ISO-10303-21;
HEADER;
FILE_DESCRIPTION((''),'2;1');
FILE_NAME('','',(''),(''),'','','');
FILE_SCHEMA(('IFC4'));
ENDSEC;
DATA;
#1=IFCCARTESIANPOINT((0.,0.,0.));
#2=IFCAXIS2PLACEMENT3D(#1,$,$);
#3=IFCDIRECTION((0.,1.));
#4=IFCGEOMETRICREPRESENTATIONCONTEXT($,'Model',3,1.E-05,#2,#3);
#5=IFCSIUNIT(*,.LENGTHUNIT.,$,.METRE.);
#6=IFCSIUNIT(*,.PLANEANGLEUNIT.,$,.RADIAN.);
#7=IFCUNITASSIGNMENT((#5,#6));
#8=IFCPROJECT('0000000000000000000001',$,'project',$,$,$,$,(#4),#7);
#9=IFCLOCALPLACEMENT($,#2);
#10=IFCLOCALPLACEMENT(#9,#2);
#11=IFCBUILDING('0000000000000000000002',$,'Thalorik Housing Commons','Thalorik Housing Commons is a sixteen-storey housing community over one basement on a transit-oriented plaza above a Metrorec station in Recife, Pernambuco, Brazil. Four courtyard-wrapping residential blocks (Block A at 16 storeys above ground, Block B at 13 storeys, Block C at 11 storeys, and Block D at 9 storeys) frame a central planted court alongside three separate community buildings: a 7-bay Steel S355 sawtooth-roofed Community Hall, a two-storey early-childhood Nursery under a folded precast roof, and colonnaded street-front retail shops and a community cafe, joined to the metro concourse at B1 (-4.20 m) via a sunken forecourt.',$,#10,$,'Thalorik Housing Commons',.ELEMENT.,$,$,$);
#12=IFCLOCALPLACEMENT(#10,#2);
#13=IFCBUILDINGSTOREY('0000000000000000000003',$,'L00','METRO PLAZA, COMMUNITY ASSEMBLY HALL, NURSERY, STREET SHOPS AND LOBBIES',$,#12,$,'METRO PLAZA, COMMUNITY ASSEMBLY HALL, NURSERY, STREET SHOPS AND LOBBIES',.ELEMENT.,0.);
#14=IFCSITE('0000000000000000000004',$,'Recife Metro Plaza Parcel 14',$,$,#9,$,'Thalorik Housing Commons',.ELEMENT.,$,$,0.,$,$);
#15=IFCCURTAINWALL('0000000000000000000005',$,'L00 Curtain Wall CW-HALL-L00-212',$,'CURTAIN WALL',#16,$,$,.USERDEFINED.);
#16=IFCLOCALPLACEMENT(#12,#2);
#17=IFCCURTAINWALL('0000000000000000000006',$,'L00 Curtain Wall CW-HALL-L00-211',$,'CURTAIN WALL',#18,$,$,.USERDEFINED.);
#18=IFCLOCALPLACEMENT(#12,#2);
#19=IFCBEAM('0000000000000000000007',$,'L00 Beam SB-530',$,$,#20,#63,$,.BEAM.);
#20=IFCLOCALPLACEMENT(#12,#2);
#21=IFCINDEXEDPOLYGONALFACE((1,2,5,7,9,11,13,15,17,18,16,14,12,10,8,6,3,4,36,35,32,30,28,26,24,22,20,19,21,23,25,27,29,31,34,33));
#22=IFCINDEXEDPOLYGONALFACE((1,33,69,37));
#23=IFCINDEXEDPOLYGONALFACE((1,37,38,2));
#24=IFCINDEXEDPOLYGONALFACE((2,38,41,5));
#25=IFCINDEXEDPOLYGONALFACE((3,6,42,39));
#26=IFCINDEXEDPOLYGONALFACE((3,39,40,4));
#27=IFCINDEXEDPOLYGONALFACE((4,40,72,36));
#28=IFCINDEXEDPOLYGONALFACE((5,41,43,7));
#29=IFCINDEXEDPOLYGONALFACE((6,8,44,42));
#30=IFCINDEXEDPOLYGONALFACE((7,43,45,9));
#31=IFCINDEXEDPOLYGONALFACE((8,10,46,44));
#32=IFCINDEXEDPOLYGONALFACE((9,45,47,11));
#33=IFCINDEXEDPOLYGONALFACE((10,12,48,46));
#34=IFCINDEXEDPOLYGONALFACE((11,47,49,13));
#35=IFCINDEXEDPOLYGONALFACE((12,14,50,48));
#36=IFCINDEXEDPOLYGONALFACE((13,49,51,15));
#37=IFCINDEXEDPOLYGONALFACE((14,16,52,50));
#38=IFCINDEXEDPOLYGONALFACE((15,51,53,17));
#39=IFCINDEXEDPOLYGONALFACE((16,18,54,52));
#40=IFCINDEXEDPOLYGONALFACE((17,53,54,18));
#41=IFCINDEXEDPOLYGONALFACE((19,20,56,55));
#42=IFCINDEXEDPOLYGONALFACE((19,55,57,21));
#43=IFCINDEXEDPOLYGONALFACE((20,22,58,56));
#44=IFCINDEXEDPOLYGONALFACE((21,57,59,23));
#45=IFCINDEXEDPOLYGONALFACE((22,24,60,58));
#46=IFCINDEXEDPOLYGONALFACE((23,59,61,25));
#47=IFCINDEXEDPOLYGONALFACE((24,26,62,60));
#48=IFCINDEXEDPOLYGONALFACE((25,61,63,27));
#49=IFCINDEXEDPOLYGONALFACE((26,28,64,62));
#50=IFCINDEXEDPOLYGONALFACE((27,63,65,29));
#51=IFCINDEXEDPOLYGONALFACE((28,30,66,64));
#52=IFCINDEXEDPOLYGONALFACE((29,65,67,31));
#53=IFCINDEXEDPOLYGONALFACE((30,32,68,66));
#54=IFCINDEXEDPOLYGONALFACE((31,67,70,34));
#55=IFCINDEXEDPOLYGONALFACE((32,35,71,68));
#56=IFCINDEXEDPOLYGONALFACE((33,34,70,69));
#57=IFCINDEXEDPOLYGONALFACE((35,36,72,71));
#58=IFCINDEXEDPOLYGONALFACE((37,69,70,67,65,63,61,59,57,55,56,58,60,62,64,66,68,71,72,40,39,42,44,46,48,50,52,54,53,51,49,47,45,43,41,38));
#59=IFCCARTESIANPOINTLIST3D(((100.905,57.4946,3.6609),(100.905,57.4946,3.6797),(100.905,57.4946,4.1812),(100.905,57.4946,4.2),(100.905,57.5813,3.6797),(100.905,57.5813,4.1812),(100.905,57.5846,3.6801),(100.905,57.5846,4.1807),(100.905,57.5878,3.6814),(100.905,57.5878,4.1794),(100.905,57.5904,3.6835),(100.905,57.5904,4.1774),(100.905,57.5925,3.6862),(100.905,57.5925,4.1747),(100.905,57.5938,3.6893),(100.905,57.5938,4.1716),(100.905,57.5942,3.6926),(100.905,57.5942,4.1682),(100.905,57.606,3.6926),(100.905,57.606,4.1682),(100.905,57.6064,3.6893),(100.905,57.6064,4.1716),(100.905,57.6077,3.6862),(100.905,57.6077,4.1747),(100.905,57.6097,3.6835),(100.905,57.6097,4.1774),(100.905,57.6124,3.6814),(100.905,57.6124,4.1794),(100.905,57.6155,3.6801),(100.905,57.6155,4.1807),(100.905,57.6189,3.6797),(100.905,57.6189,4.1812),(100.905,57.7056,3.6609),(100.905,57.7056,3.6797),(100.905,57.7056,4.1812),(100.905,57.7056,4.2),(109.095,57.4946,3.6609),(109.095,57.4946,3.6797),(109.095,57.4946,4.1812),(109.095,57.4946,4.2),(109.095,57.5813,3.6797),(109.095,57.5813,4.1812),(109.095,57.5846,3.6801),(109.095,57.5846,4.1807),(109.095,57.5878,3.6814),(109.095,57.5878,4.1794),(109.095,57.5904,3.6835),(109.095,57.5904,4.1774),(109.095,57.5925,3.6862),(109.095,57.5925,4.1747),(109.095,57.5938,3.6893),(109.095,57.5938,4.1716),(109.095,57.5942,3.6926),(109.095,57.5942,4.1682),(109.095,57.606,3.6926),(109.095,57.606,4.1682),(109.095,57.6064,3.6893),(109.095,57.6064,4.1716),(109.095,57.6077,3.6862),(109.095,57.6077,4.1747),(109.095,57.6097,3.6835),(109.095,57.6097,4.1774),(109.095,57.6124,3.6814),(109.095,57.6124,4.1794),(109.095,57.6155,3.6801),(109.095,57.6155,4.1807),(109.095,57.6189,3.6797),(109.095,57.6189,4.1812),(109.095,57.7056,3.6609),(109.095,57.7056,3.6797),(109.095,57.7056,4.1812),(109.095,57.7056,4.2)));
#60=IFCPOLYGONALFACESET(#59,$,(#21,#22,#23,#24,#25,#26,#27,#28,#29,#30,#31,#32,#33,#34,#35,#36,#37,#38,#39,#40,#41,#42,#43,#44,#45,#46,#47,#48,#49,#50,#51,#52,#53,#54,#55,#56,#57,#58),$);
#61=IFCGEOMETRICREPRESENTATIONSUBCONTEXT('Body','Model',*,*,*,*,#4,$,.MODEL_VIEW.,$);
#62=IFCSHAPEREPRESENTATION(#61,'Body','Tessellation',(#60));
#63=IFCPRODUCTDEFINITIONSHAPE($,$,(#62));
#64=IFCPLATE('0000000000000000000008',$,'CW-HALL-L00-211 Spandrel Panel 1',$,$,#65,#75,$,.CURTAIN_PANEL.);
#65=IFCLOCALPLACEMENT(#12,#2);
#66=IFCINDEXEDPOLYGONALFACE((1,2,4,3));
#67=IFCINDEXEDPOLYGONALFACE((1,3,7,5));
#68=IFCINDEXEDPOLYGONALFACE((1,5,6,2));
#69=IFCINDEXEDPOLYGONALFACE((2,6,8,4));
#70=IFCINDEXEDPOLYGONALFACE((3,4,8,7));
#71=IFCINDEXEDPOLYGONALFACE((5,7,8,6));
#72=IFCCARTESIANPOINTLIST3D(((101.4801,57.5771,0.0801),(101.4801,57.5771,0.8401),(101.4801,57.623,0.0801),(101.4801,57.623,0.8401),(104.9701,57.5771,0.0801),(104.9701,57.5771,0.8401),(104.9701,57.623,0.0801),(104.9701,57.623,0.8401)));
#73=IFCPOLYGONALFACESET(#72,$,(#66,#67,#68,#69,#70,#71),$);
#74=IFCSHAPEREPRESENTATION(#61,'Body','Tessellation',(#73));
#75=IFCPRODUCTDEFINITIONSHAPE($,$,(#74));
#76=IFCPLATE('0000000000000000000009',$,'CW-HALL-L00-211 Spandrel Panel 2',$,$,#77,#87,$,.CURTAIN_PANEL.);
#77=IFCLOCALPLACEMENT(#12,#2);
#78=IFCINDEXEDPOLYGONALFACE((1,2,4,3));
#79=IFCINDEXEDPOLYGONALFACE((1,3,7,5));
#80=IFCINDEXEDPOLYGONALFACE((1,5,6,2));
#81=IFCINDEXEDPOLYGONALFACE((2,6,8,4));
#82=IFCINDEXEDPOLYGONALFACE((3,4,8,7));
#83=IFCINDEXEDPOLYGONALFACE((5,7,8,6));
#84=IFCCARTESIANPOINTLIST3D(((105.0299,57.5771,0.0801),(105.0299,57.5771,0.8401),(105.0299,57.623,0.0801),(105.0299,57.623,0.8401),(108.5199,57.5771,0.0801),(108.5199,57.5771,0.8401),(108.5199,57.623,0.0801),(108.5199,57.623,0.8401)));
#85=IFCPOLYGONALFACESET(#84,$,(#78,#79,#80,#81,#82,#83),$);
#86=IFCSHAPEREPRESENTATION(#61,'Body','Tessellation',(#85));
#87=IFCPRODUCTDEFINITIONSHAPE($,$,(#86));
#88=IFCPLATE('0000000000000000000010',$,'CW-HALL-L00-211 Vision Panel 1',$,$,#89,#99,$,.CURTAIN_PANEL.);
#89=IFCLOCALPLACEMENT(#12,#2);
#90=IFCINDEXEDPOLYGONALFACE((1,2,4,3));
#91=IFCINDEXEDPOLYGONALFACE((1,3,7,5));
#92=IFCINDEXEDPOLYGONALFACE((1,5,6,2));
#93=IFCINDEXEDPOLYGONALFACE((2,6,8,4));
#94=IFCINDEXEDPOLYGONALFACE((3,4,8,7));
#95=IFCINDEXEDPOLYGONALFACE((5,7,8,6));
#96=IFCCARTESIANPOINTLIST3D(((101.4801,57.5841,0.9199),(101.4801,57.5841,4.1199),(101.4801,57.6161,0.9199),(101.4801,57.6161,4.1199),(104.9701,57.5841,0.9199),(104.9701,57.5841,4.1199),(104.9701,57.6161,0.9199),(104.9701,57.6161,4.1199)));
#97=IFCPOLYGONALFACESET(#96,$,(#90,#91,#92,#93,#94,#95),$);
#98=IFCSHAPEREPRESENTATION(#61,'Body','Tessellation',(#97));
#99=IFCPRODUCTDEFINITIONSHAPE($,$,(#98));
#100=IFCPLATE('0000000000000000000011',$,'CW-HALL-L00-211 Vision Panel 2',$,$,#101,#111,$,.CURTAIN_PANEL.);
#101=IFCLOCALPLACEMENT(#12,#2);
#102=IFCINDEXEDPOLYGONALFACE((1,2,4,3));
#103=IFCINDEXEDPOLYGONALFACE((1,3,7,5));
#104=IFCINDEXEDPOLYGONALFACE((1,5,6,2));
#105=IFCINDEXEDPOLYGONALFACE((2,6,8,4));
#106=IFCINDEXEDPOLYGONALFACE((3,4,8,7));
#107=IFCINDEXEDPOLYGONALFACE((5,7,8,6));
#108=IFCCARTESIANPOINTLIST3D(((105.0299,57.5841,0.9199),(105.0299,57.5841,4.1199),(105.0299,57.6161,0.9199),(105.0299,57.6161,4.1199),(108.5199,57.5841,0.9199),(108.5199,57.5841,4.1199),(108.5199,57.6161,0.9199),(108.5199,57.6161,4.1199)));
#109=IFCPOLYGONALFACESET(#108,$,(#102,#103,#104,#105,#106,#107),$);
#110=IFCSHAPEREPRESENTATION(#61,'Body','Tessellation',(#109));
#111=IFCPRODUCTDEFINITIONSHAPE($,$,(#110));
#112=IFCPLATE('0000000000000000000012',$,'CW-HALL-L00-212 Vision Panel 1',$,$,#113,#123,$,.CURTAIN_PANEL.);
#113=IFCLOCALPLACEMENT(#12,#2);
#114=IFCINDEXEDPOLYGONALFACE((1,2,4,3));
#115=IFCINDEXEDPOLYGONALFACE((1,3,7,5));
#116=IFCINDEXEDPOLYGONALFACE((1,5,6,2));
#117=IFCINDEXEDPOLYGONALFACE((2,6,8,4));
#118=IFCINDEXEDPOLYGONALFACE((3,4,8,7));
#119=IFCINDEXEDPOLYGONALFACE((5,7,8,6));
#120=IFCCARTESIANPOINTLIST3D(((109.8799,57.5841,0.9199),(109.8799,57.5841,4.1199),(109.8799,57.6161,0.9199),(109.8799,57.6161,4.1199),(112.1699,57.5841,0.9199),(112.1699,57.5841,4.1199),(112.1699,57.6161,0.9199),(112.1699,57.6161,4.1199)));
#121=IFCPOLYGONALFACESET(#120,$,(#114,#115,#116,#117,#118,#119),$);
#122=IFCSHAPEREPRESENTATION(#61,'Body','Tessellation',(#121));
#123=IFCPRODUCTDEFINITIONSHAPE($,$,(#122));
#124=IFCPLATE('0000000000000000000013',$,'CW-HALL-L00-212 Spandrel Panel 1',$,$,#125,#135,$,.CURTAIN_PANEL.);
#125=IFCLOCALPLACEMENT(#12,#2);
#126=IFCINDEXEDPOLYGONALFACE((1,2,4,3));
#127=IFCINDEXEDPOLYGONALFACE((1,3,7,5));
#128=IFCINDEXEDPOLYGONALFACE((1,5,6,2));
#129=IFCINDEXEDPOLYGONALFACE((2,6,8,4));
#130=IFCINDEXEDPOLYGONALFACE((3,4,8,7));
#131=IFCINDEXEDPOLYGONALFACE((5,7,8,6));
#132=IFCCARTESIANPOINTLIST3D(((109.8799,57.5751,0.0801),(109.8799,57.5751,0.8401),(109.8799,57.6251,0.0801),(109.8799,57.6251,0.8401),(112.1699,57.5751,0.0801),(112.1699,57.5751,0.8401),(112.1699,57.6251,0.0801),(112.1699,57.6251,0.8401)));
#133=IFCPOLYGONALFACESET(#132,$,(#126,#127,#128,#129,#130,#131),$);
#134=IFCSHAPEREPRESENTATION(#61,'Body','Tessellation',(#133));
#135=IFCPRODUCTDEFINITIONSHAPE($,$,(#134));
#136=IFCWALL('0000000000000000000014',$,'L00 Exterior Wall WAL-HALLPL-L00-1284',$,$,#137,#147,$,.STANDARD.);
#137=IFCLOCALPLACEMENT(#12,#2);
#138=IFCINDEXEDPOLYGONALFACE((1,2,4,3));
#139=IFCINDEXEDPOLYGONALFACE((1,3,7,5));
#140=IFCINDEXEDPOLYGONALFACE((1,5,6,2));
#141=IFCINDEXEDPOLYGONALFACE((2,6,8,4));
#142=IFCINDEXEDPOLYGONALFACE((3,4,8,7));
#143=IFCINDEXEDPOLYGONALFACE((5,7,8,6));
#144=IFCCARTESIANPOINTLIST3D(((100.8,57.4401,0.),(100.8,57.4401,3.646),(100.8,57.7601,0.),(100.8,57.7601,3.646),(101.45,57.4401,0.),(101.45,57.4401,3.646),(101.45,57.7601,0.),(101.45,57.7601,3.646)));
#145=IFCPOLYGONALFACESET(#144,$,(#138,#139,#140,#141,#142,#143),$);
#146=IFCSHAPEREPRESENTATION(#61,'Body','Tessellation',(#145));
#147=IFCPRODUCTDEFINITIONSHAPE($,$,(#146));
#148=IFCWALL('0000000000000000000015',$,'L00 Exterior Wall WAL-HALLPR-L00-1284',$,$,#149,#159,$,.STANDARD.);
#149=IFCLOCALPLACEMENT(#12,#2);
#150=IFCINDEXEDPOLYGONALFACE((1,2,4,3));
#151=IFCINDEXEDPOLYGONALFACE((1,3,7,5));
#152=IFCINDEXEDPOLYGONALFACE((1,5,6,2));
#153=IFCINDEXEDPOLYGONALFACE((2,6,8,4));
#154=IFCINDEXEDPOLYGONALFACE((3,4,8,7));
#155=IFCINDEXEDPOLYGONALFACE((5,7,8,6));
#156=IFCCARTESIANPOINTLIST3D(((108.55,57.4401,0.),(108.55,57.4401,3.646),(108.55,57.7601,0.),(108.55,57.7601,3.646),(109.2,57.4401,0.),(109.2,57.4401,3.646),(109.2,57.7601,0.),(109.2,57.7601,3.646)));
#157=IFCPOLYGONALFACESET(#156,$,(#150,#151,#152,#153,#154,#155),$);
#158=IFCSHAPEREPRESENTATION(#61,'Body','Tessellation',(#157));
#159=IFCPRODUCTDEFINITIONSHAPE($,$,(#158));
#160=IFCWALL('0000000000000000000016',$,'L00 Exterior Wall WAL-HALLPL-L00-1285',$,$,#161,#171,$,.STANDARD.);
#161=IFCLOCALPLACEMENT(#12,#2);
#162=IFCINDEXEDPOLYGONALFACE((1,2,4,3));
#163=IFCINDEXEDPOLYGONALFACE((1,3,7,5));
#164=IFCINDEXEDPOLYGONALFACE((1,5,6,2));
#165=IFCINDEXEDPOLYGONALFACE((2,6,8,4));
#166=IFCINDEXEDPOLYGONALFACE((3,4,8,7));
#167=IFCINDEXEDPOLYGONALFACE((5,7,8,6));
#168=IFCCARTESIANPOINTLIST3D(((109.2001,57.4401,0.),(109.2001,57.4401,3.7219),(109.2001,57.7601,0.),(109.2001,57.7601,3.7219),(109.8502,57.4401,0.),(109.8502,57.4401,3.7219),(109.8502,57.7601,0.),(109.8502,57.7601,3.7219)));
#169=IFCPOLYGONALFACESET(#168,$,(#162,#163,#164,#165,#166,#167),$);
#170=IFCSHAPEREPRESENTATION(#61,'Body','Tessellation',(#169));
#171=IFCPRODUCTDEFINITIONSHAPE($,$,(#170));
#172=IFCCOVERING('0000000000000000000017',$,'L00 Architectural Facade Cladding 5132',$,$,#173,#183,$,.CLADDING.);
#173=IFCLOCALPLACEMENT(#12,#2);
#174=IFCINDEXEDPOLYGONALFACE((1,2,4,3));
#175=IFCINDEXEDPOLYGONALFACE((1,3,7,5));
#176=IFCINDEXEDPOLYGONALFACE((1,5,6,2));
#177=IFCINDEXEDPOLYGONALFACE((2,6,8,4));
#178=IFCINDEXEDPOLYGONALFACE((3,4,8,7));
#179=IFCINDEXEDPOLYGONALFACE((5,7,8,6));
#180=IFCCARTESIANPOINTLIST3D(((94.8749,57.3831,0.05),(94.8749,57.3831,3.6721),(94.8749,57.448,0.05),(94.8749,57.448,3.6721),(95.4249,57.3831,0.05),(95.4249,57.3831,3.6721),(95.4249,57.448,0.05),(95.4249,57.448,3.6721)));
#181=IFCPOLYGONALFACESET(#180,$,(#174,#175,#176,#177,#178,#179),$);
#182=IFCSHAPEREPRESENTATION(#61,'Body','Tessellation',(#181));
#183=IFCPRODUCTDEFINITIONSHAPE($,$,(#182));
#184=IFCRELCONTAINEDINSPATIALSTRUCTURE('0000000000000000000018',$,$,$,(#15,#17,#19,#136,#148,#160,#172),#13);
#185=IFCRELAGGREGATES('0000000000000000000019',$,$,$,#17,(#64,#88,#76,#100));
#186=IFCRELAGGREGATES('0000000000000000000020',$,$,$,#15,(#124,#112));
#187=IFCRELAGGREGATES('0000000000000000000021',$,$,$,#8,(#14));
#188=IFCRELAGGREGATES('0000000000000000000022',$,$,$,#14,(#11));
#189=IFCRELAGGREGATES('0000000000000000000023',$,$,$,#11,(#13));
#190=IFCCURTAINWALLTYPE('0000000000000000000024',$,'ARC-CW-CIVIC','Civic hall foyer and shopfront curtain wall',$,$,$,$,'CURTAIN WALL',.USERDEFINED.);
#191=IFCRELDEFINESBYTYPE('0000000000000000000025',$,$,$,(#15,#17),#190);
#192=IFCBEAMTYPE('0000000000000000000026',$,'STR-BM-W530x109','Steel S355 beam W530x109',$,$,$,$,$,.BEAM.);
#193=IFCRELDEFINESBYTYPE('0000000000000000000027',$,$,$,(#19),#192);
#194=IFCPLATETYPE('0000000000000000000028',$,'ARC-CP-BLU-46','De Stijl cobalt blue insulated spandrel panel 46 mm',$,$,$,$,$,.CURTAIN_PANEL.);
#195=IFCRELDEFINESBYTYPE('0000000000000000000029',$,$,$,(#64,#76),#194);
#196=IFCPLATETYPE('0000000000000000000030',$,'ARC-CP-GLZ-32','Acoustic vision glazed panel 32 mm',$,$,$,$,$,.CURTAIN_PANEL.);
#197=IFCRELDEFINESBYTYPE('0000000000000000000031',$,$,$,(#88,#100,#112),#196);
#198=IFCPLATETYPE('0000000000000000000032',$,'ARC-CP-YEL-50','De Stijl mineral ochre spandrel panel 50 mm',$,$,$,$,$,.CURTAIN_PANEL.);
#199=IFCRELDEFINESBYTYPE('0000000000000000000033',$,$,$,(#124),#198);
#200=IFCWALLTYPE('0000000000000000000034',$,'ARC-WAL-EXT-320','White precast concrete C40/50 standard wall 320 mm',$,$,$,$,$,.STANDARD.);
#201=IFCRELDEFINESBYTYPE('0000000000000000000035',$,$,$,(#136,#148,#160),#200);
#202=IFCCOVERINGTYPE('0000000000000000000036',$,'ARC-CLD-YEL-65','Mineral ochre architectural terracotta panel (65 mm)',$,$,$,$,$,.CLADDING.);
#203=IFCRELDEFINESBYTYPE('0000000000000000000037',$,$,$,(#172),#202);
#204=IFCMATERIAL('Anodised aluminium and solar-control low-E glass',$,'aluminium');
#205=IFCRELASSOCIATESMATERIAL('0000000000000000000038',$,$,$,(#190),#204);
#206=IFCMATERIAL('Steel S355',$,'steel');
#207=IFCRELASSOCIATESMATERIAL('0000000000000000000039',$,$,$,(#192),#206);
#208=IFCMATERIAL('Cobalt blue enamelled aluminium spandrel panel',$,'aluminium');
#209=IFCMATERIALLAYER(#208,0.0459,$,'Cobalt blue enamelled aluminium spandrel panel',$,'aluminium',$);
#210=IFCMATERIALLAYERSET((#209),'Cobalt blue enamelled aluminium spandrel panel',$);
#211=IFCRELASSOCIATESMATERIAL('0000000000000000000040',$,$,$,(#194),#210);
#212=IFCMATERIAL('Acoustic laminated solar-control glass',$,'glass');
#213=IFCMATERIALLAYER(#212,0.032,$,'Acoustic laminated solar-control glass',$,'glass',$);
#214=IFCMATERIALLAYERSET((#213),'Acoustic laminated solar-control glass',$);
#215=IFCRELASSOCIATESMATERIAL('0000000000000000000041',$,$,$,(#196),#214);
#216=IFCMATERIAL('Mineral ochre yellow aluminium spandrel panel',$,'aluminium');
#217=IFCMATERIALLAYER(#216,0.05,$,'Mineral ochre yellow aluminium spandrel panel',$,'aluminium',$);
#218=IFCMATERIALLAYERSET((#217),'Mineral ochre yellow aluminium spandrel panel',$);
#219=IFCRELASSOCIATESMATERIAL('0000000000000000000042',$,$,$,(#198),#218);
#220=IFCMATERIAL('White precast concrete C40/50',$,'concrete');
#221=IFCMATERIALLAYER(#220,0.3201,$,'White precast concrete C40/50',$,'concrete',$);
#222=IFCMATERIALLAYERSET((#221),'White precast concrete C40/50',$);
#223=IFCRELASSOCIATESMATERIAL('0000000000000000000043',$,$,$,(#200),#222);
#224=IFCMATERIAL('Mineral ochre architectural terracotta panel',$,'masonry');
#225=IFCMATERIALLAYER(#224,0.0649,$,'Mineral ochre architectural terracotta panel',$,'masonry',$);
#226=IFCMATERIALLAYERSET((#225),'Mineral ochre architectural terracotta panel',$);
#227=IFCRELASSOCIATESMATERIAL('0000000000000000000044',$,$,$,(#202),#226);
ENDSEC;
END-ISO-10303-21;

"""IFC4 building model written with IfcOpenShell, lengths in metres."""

from ifc_helpers import new_model, si_unit, direction, frame, frame_2d, origin, origin_2d, place, context, subcontext, project, spatial, rectangle, i_section, extrude, material, layer, layer_set, material_profile, profile_set, type_object, element, aggregate, save


model = new_model("IFC4")

# Units and contexts
model_context = context("Model", 3, precision=1e-05, world=origin(), true_north=direction((0.0, 1.0)))
body_context = subcontext(model_context, "Body", "Model", "MODEL_VIEW")
ifc_project = project(units=[si_unit("LENGTHUNIT", "METRE"), si_unit("PLANEANGLEUNIT", "RADIAN")], contexts=[model_context])

# Site, building, storey
site_placement = place(None, origin())
site = spatial("IfcSite", under=ifc_project, at=site_placement, Name="Recife Metro Plaza Parcel 14", LongName="Thalorik Housing Commons", CompositionType="ELEMENT", RefElevation=0.0)
building_placement = place(site_placement, origin())
building = spatial("IfcBuilding", under=site, at=building_placement, Name="Thalorik Housing Commons", Description="Thalorik Housing Commons is a sixteen-storey housing community over one basement on a transit-oriented plaza above a Metrorec station in Recife, Pernambuco, Brazil. Four courtyard-wrapping residential blocks (Block A at 16 storeys above ground, Block B at 13 storeys, Block C at 11 storeys, and Block D at 9 storeys) frame a central planted court alongside three separate community buildings: a 7-bay Steel S355 sawtooth-roofed Community Hall, a two-storey early-childhood Nursery under a folded precast roof, and colonnaded street-front retail shops and a community cafe, joined to the metro concourse at B1 (-4.20 m) via a sunken forecourt.", LongName="Thalorik Housing Commons", CompositionType="ELEMENT")
storey_placement = place(building_placement, origin())
storey = spatial("IfcBuildingStorey", under=building, at=storey_placement, Name="L00", Description="METRO PLAZA, COMMUNITY ASSEMBLY HALL, NURSERY, STREET SHOPS AND LOBBIES", LongName="METRO PLAZA, COMMUNITY ASSEMBLY HALL, NURSERY, STREET SHOPS AND LOBBIES", CompositionType="ELEMENT", Elevation=0.0)

# Shared definitions
ifc_material_1 = material(Name="Steel S355", Category="steel")

# Curtain walls
ifc_material_2 = material(Name="Anodised aluminium and solar-control low-E glass", Category="aluminium")
curtain_wall_type = type_object("IfcCurtainWallType", Name="ARC-CW-CIVIC", Description="Civic hall foyer and shopfront curtain wall", ElementType="CURTAIN WALL", PredefinedType="USERDEFINED", material=ifc_material_2)
curtain_wall_1_placement = place(storey_placement, origin())
curtain_wall_1 = element("IfcCurtainWall", 1, at=curtain_wall_1_placement, inside=storey, type_object=curtain_wall_type, Name="L00 Curtain Wall CW-HALL-L00-212", ObjectType="CURTAIN WALL", PredefinedType="USERDEFINED")
curtain_wall_2_placement = place(storey_placement, origin())
curtain_wall_2 = element("IfcCurtainWall", 2, at=curtain_wall_2_placement, inside=storey, type_object=curtain_wall_type, Name="L00 Curtain Wall CW-HALL-L00-211", ObjectType="CURTAIN WALL", PredefinedType="USERDEFINED")

# Beam
ifc_material_profile_1 = material_profile(ifc_material_1, i_section(OverallWidth=0.2109, OverallDepth=0.5391, WebThickness=0.0117, FlangeThickness=0.0188, FilletRadius=0.0129, at=origin_2d()), Name="W530x109", Category="steel")
ifc_profile_set_1 = profile_set([ifc_material_profile_1], Name="Steel S355")
beam_type_1 = type_object("IfcBeamType", Name="STR-BM-W530x109", Description="Steel S355 beam W530x109", PredefinedType="BEAM", material=ifc_profile_set_1)
beam_placement = place(storey_placement, frame((100.905, 57.6001, 3.9304), z_axis=(1.0, 0.0, 0.0), x_axis=(0.0, 1.0, 0.0)))
element("IfcBeam", 3, at=beam_placement, inside=storey, type_object=beam_type_1, Name="L00 Beam SB-530", PredefinedType="BEAM", context=body_context, shape_type="SweptSolid", body=[
    extrude(i_section(OverallWidth=0.2109, OverallDepth=0.5391, WebThickness=0.0117, FlangeThickness=0.0188, FilletRadius=0.0129, at=origin_2d()), origin(), (0.0, 0.0, 1.0), 8.1899),
])

# Plates
ifc_material_3 = material(Name="Cobalt blue enamelled aluminium spandrel panel", Category="aluminium")
ifc_layer_1 = layer(ifc_material_3, 0.0459, Name="Cobalt blue enamelled aluminium spandrel panel", Category="aluminium")
ifc_layer_set_1 = layer_set([ifc_layer_1], Name="Cobalt blue enamelled aluminium spandrel panel")
plate_type_1 = type_object("IfcPlateType", Name="ARC-CP-BLU-46", Description="De Stijl cobalt blue insulated spandrel panel 46 mm", PredefinedType="CURTAIN_PANEL", material=ifc_layer_set_1)
plate_1_placement = place(storey_placement, frame((103.2251, 57.6001, 0.0801), z_axis=(0.0, 0.0, 1.0), x_axis=(1.0, 0.0, 0.0)))
plate_1 = element("IfcPlate", 4, at=plate_1_placement, type_object=plate_type_1, Name="CW-HALL-L00-211 Spandrel Panel 1", PredefinedType="CURTAIN_PANEL", context=body_context, shape_type="SweptSolid", body=[
    extrude(rectangle(XDim=3.49, YDim=0.0459, at=origin_2d()), origin(), (0.0, 0.0, 1.0), 0.76),
])
plate_2_placement = place(storey_placement, frame((106.7749, 57.6001, 0.0801), z_axis=(0.0, 0.0, 1.0), x_axis=(1.0, 0.0, 0.0)))
plate_2 = element("IfcPlate", 5, at=plate_2_placement, type_object=plate_type_1, Name="CW-HALL-L00-211 Spandrel Panel 2", PredefinedType="CURTAIN_PANEL", context=body_context, shape_type="SweptSolid", body=[
    extrude(rectangle(XDim=3.49, YDim=0.0459, at=origin_2d()), origin(), (0.0, 0.0, 1.0), 0.76),
])
ifc_material_4 = material(Name="Acoustic laminated solar-control glass", Category="glass")
ifc_layer_2 = layer(ifc_material_4, 0.032, Name="Acoustic laminated solar-control glass", Category="glass")
ifc_layer_set_2 = layer_set([ifc_layer_2], Name="Acoustic laminated solar-control glass")
plate_type_2 = type_object("IfcPlateType", Name="ARC-CP-GLZ-32", Description="Acoustic vision glazed panel 32 mm", PredefinedType="CURTAIN_PANEL", material=ifc_layer_set_2)
plate_3_placement = place(storey_placement, frame((103.2251, 57.6001, 0.9199), z_axis=(0.0, 0.0, 1.0), x_axis=(1.0, 0.0, 0.0)))
plate_3 = element("IfcPlate", 6, at=plate_3_placement, type_object=plate_type_2, Name="CW-HALL-L00-211 Vision Panel 1", PredefinedType="CURTAIN_PANEL", context=body_context, shape_type="SweptSolid", body=[
    extrude(rectangle(XDim=3.49, YDim=0.032, at=origin_2d()), origin(), (0.0, 0.0, 1.0), 3.2),
])
plate_4_placement = place(storey_placement, frame((106.7749, 57.6001, 0.9199), z_axis=(0.0, 0.0, 1.0), x_axis=(1.0, 0.0, 0.0)))
plate_4 = element("IfcPlate", 7, at=plate_4_placement, type_object=plate_type_2, Name="CW-HALL-L00-211 Vision Panel 2", PredefinedType="CURTAIN_PANEL", context=body_context, shape_type="SweptSolid", body=[
    extrude(rectangle(XDim=3.49, YDim=0.032, at=origin_2d()), origin(), (0.0, 0.0, 1.0), 3.2),
])
aggregate(curtain_wall_2, [plate_1, plate_3, plate_2, plate_4])
plate_5_placement = place(storey_placement, frame((111.0249, 57.6001, 0.9199), z_axis=(0.0, 0.0, 1.0), x_axis=(1.0, 0.0, 0.0)))
plate_5 = element("IfcPlate", 8, at=plate_5_placement, type_object=plate_type_2, Name="CW-HALL-L00-212 Vision Panel 1", PredefinedType="CURTAIN_PANEL", context=body_context, shape_type="SweptSolid", body=[
    extrude(rectangle(XDim=2.29, YDim=0.032, at=origin_2d()), origin(), (0.0, 0.0, 1.0), 3.2),
])
ifc_material_5 = material(Name="Mineral ochre yellow aluminium spandrel panel", Category="aluminium")
ifc_layer_3 = layer(ifc_material_5, 0.05, Name="Mineral ochre yellow aluminium spandrel panel", Category="aluminium")
ifc_layer_set_3 = layer_set([ifc_layer_3], Name="Mineral ochre yellow aluminium spandrel panel")
plate_type_3 = type_object("IfcPlateType", Name="ARC-CP-YEL-50", Description="De Stijl mineral ochre spandrel panel 50 mm", PredefinedType="CURTAIN_PANEL", material=ifc_layer_set_3)
plate_6_placement = place(storey_placement, frame((111.0249, 57.6001, 0.0801), z_axis=(0.0, 0.0, 1.0), x_axis=(1.0, 0.0, 0.0)))
plate_6 = element("IfcPlate", 9, at=plate_6_placement, type_object=plate_type_3, Name="CW-HALL-L00-212 Spandrel Panel 1", PredefinedType="CURTAIN_PANEL", context=body_context, shape_type="SweptSolid", body=[
    extrude(rectangle(XDim=2.29, YDim=0.05, at=origin_2d()), origin(), (0.0, 0.0, 1.0), 0.76),
])
aggregate(curtain_wall_1, [plate_6, plate_5])

# Walls
ifc_material_6 = material(Name="White precast concrete C40/50", Category="concrete")
ifc_layer_4 = layer(ifc_material_6, 0.3201, Name="White precast concrete C40/50", Category="concrete")
ifc_layer_set_4 = layer_set([ifc_layer_4], Name="White precast concrete C40/50")
wall_type = type_object("IfcWallType", Name="ARC-WAL-EXT-320", Description="White precast concrete C40/50 standard wall 320 mm", PredefinedType="STANDARD", material=ifc_layer_set_4)
for number, where, z_axis, x_axis, name in (
    (10, (100.8, 57.6001, 0.0), (0.0, 0.0, 1.0), (1.0, 0.0, 0.0), "L00 Exterior Wall WAL-HALLPL-L00-1284"),
    (11, (108.55, 57.6001, 0.0), (0.0, 0.0, 1.0), (1.0, 0.0, 0.0), "L00 Exterior Wall WAL-HALLPR-L00-1284"),
):
    element("IfcWall", number, at=place(storey_placement, frame(where, z_axis=z_axis, x_axis=x_axis)), inside=storey, type_object=wall_type, Name=name, PredefinedType="STANDARD", context=body_context, shape_type="SweptSolid", body=[
        extrude(rectangle(XDim=0.6499, YDim=0.3201, at=frame_2d((0.325, 0.0))), origin(), (0.0, 0.0, 1.0), 3.646),
    ])
wall_placement = place(storey_placement, frame((109.2, 57.6001, 0.0), z_axis=(0.0, 0.0, 1.0), x_axis=(1.0, 0.0, 0.0)))
element("IfcWall", 12, at=wall_placement, inside=storey, type_object=wall_type, Name="L00 Exterior Wall WAL-HALLPL-L00-1285", PredefinedType="STANDARD", context=body_context, shape_type="SweptSolid", body=[
    extrude(rectangle(XDim=0.6501, YDim=0.3201, at=frame_2d((0.3252, 0.0))), origin(), (0.0, 0.0, 1.0), 3.7219),
])

# Covering
ifc_material_7 = material(Name="Mineral ochre architectural terracotta panel", Category="masonry")
ifc_layer_5 = layer(ifc_material_7, 0.0649, Name="Mineral ochre architectural terracotta panel", Category="masonry")
ifc_layer_set_5 = layer_set([ifc_layer_5], Name="Mineral ochre architectural terracotta panel")
covering_type = type_object("IfcCoveringType", Name="ARC-CLD-YEL-65", Description="Mineral ochre architectural terracotta panel (65 mm)", PredefinedType="CLADDING", material=ifc_layer_set_5)
for number, where, z_axis, x_axis, name in (
    (13, (95.1499, 57.4155, 0.05), (0.0, 0.0, 1.0), (1.0, 0.0, 0.0), "L00 Architectural Facade Cladding 5132"),
):
    element("IfcCovering", number, at=place(storey_placement, frame(where, z_axis=z_axis, x_axis=x_axis)), inside=storey, type_object=covering_type, Name=name, PredefinedType="CLADDING", context=body_context, shape_type="SweptSolid", body=[
        extrude(rectangle(XDim=0.55, YDim=0.0649, at=origin_2d()), origin(), (0.0, 0.0, 1.0), 3.6221),
    ])

save(model, "model.ifc")
